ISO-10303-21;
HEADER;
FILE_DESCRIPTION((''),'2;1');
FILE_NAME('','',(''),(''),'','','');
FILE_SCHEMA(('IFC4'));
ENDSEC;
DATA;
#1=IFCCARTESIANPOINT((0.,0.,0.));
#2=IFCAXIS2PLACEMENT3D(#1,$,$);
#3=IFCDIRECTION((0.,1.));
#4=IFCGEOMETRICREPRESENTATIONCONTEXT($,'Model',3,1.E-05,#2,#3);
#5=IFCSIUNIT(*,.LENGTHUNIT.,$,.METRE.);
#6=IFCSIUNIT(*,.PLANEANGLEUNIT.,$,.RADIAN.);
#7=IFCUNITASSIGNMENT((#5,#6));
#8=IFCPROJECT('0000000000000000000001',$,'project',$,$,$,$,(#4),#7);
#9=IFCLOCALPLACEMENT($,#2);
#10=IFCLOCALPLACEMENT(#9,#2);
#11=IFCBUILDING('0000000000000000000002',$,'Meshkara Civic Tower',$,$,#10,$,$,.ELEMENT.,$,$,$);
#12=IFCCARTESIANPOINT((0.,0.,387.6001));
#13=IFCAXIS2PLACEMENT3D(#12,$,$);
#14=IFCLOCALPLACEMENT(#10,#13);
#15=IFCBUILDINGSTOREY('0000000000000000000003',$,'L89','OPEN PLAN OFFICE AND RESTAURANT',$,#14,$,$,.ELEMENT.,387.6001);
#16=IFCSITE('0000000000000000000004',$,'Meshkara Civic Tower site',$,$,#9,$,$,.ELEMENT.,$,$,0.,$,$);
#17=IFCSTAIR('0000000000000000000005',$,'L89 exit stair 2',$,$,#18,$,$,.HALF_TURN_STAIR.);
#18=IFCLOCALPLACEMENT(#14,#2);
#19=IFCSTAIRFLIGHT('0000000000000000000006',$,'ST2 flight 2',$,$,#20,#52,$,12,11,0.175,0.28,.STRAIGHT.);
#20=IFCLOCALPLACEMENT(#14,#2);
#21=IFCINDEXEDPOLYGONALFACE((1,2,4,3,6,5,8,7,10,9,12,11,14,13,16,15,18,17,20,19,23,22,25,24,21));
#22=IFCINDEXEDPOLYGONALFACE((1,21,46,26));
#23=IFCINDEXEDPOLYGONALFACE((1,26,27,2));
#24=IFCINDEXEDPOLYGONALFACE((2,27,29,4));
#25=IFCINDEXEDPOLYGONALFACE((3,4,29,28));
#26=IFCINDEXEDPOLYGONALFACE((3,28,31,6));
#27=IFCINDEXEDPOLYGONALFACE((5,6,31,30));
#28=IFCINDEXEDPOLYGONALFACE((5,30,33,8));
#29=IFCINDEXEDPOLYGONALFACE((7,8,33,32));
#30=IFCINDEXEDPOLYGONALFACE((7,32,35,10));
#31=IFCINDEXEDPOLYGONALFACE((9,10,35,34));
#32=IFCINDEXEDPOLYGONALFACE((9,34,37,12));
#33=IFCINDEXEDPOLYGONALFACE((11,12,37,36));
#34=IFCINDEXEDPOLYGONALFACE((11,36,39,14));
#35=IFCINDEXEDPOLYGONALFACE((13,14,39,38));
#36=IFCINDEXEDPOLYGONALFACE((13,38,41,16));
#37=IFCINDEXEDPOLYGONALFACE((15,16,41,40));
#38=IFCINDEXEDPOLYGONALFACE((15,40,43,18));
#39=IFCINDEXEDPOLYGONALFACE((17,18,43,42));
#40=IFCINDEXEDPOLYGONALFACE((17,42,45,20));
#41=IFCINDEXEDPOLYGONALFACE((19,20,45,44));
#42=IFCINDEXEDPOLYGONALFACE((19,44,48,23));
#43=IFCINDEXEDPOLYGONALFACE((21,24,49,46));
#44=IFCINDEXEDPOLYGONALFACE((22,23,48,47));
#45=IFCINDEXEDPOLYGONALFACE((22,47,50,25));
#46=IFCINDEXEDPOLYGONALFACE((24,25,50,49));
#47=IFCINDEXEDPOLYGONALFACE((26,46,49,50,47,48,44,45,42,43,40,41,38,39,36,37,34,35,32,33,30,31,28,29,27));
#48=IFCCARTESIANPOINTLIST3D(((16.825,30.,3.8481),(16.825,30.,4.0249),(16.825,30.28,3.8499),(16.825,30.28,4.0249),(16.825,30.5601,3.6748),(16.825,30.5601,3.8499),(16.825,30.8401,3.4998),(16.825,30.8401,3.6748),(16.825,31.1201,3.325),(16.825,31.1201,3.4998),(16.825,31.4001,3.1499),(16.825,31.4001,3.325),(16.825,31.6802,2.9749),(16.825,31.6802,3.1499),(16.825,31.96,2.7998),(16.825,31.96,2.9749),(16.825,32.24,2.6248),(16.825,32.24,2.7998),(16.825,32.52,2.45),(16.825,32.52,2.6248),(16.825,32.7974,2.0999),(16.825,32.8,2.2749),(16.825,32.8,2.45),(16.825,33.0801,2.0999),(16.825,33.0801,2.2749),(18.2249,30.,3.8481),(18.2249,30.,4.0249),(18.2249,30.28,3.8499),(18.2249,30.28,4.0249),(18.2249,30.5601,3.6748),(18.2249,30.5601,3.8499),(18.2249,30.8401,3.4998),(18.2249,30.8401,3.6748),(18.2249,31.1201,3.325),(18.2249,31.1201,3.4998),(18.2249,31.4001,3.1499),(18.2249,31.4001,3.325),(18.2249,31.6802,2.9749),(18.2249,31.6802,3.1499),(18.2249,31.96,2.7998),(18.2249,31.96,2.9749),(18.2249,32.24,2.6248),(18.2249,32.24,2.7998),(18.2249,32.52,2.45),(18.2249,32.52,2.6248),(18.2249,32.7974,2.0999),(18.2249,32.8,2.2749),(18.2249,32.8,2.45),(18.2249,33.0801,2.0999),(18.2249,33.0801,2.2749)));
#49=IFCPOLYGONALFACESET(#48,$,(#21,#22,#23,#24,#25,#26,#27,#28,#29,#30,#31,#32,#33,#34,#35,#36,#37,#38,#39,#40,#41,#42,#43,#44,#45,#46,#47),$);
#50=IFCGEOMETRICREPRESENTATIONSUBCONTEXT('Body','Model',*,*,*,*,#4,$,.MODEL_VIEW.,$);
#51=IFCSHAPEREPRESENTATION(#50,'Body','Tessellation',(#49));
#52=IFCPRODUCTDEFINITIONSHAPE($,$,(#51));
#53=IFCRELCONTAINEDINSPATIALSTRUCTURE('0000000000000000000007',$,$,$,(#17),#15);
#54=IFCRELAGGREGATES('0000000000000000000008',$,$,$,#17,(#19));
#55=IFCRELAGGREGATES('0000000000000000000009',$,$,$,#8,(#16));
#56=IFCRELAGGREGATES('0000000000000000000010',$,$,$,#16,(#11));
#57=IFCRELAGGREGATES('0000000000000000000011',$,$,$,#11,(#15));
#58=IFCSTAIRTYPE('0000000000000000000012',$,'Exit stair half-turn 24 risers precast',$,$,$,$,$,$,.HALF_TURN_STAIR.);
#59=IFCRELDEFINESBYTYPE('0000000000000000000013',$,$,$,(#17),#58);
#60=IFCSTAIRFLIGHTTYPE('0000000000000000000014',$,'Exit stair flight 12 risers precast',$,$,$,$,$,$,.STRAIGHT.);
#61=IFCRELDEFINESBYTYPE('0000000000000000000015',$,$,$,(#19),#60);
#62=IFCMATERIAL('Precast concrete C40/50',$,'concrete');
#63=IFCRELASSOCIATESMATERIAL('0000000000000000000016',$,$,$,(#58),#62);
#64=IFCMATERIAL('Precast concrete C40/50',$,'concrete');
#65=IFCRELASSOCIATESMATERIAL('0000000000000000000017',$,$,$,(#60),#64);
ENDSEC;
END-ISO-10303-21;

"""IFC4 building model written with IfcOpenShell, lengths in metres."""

from ifc_helpers import new_model, si_unit, direction, frame, origin, place, context, subcontext, project, spatial, polyline, outline, extrude, material, type_object, element, aggregate, save


model = new_model("IFC4")

# Units and contexts
model_context = context("Model", 3, precision=1e-05, world=origin(), true_north=direction((0.0, 1.0)))
body_context = subcontext(model_context, "Body", "Model", "MODEL_VIEW")
ifc_project = project(units=[si_unit("LENGTHUNIT", "METRE"), si_unit("PLANEANGLEUNIT", "RADIAN")], contexts=[model_context])

# Site, building, storey
site_placement = place(None, origin())
site = spatial("IfcSite", under=ifc_project, at=site_placement, Name="Meshkara Civic Tower site", CompositionType="ELEMENT", RefElevation=0.0)
building_placement = place(site_placement, origin())
building = spatial("IfcBuilding", under=site, at=building_placement, Name="Meshkara Civic Tower", CompositionType="ELEMENT")
storey_placement = place(building_placement, frame((0.0, 0.0, 387.6001)))
storey = spatial("IfcBuildingStorey", under=building, at=storey_placement, Name="L89", Description="OPEN PLAN OFFICE AND RESTAURANT", CompositionType="ELEMENT", Elevation=387.6001)

# Shared definitions
ifc_material_1 = material(Name="Precast concrete C40/50", Category="concrete")
stair_type = type_object("IfcStairType", Name="Exit stair half-turn 24 risers precast", PredefinedType="HALF_TURN_STAIR", material=ifc_material_1)
ifc_material_2 = material(Name="Precast concrete C40/50", Category="concrete")
stair_flight_type = type_object("IfcStairFlightType", Name="Exit stair flight 12 risers precast", PredefinedType="STRAIGHT", material=ifc_material_2)

# Stair, stair flight
stair_1_placement = place(storey_placement, origin())
stair_1 = element("IfcStair", 1, at=stair_1_placement, inside=storey, type_object=stair_type, Name="L89 exit stair 2", PredefinedType="HALF_TURN_STAIR")
stair_flight_1_placement = place(storey_placement, frame((17.5249, 33.0801, 2.0999), z_axis=(0.0, 0.0, 1.0), x_axis=(0.0, -1.0, 0.0)))
stair_flight_1 = element("IfcStairFlight", 2, at=stair_flight_1_placement, type_object=stair_flight_type, Name="ST2 flight 2", NumberOfRisers=12, NumberOfTreads=11, PredefinedType="STRAIGHT", RiserHeight=0.175, TreadLength=0.28, context=body_context, shape_type="SweptSolid", body=[
    extrude(outline(polyline([(0.0, 0.0), (0.0, 0.175), (0.28, 0.175), (0.28, 0.3501), (0.5601, 0.3501), (0.5601, 0.5249), (0.8401, 0.5249), (0.8401, 0.7), (1.1201, 0.7), (1.1201, 0.875), (1.3999, 0.875), (1.3999, 1.05), (1.6799, 1.05), (1.6799, 1.2251), (1.96, 1.2251), (1.96, 1.3999), (2.24, 1.3999), (2.24, 1.575), (2.52, 1.575), (2.52, 1.75), (2.8, 1.75), (2.8, 1.925), (3.0801, 1.925), (3.0801, 2.1001), (3.0801, 1.7483), (0.2827, 0.0), (0.0, 0.0)])), frame((0.0, 0.7, 0.0), z_axis=(0.0, -1.0, 0.0), x_axis=(1.0, 0.0, 0.0)), (0.0, 0.0, 1.0), 1.3999),
])
aggregate(stair_1, [stair_flight_1])

save(model, "model.ifc")
